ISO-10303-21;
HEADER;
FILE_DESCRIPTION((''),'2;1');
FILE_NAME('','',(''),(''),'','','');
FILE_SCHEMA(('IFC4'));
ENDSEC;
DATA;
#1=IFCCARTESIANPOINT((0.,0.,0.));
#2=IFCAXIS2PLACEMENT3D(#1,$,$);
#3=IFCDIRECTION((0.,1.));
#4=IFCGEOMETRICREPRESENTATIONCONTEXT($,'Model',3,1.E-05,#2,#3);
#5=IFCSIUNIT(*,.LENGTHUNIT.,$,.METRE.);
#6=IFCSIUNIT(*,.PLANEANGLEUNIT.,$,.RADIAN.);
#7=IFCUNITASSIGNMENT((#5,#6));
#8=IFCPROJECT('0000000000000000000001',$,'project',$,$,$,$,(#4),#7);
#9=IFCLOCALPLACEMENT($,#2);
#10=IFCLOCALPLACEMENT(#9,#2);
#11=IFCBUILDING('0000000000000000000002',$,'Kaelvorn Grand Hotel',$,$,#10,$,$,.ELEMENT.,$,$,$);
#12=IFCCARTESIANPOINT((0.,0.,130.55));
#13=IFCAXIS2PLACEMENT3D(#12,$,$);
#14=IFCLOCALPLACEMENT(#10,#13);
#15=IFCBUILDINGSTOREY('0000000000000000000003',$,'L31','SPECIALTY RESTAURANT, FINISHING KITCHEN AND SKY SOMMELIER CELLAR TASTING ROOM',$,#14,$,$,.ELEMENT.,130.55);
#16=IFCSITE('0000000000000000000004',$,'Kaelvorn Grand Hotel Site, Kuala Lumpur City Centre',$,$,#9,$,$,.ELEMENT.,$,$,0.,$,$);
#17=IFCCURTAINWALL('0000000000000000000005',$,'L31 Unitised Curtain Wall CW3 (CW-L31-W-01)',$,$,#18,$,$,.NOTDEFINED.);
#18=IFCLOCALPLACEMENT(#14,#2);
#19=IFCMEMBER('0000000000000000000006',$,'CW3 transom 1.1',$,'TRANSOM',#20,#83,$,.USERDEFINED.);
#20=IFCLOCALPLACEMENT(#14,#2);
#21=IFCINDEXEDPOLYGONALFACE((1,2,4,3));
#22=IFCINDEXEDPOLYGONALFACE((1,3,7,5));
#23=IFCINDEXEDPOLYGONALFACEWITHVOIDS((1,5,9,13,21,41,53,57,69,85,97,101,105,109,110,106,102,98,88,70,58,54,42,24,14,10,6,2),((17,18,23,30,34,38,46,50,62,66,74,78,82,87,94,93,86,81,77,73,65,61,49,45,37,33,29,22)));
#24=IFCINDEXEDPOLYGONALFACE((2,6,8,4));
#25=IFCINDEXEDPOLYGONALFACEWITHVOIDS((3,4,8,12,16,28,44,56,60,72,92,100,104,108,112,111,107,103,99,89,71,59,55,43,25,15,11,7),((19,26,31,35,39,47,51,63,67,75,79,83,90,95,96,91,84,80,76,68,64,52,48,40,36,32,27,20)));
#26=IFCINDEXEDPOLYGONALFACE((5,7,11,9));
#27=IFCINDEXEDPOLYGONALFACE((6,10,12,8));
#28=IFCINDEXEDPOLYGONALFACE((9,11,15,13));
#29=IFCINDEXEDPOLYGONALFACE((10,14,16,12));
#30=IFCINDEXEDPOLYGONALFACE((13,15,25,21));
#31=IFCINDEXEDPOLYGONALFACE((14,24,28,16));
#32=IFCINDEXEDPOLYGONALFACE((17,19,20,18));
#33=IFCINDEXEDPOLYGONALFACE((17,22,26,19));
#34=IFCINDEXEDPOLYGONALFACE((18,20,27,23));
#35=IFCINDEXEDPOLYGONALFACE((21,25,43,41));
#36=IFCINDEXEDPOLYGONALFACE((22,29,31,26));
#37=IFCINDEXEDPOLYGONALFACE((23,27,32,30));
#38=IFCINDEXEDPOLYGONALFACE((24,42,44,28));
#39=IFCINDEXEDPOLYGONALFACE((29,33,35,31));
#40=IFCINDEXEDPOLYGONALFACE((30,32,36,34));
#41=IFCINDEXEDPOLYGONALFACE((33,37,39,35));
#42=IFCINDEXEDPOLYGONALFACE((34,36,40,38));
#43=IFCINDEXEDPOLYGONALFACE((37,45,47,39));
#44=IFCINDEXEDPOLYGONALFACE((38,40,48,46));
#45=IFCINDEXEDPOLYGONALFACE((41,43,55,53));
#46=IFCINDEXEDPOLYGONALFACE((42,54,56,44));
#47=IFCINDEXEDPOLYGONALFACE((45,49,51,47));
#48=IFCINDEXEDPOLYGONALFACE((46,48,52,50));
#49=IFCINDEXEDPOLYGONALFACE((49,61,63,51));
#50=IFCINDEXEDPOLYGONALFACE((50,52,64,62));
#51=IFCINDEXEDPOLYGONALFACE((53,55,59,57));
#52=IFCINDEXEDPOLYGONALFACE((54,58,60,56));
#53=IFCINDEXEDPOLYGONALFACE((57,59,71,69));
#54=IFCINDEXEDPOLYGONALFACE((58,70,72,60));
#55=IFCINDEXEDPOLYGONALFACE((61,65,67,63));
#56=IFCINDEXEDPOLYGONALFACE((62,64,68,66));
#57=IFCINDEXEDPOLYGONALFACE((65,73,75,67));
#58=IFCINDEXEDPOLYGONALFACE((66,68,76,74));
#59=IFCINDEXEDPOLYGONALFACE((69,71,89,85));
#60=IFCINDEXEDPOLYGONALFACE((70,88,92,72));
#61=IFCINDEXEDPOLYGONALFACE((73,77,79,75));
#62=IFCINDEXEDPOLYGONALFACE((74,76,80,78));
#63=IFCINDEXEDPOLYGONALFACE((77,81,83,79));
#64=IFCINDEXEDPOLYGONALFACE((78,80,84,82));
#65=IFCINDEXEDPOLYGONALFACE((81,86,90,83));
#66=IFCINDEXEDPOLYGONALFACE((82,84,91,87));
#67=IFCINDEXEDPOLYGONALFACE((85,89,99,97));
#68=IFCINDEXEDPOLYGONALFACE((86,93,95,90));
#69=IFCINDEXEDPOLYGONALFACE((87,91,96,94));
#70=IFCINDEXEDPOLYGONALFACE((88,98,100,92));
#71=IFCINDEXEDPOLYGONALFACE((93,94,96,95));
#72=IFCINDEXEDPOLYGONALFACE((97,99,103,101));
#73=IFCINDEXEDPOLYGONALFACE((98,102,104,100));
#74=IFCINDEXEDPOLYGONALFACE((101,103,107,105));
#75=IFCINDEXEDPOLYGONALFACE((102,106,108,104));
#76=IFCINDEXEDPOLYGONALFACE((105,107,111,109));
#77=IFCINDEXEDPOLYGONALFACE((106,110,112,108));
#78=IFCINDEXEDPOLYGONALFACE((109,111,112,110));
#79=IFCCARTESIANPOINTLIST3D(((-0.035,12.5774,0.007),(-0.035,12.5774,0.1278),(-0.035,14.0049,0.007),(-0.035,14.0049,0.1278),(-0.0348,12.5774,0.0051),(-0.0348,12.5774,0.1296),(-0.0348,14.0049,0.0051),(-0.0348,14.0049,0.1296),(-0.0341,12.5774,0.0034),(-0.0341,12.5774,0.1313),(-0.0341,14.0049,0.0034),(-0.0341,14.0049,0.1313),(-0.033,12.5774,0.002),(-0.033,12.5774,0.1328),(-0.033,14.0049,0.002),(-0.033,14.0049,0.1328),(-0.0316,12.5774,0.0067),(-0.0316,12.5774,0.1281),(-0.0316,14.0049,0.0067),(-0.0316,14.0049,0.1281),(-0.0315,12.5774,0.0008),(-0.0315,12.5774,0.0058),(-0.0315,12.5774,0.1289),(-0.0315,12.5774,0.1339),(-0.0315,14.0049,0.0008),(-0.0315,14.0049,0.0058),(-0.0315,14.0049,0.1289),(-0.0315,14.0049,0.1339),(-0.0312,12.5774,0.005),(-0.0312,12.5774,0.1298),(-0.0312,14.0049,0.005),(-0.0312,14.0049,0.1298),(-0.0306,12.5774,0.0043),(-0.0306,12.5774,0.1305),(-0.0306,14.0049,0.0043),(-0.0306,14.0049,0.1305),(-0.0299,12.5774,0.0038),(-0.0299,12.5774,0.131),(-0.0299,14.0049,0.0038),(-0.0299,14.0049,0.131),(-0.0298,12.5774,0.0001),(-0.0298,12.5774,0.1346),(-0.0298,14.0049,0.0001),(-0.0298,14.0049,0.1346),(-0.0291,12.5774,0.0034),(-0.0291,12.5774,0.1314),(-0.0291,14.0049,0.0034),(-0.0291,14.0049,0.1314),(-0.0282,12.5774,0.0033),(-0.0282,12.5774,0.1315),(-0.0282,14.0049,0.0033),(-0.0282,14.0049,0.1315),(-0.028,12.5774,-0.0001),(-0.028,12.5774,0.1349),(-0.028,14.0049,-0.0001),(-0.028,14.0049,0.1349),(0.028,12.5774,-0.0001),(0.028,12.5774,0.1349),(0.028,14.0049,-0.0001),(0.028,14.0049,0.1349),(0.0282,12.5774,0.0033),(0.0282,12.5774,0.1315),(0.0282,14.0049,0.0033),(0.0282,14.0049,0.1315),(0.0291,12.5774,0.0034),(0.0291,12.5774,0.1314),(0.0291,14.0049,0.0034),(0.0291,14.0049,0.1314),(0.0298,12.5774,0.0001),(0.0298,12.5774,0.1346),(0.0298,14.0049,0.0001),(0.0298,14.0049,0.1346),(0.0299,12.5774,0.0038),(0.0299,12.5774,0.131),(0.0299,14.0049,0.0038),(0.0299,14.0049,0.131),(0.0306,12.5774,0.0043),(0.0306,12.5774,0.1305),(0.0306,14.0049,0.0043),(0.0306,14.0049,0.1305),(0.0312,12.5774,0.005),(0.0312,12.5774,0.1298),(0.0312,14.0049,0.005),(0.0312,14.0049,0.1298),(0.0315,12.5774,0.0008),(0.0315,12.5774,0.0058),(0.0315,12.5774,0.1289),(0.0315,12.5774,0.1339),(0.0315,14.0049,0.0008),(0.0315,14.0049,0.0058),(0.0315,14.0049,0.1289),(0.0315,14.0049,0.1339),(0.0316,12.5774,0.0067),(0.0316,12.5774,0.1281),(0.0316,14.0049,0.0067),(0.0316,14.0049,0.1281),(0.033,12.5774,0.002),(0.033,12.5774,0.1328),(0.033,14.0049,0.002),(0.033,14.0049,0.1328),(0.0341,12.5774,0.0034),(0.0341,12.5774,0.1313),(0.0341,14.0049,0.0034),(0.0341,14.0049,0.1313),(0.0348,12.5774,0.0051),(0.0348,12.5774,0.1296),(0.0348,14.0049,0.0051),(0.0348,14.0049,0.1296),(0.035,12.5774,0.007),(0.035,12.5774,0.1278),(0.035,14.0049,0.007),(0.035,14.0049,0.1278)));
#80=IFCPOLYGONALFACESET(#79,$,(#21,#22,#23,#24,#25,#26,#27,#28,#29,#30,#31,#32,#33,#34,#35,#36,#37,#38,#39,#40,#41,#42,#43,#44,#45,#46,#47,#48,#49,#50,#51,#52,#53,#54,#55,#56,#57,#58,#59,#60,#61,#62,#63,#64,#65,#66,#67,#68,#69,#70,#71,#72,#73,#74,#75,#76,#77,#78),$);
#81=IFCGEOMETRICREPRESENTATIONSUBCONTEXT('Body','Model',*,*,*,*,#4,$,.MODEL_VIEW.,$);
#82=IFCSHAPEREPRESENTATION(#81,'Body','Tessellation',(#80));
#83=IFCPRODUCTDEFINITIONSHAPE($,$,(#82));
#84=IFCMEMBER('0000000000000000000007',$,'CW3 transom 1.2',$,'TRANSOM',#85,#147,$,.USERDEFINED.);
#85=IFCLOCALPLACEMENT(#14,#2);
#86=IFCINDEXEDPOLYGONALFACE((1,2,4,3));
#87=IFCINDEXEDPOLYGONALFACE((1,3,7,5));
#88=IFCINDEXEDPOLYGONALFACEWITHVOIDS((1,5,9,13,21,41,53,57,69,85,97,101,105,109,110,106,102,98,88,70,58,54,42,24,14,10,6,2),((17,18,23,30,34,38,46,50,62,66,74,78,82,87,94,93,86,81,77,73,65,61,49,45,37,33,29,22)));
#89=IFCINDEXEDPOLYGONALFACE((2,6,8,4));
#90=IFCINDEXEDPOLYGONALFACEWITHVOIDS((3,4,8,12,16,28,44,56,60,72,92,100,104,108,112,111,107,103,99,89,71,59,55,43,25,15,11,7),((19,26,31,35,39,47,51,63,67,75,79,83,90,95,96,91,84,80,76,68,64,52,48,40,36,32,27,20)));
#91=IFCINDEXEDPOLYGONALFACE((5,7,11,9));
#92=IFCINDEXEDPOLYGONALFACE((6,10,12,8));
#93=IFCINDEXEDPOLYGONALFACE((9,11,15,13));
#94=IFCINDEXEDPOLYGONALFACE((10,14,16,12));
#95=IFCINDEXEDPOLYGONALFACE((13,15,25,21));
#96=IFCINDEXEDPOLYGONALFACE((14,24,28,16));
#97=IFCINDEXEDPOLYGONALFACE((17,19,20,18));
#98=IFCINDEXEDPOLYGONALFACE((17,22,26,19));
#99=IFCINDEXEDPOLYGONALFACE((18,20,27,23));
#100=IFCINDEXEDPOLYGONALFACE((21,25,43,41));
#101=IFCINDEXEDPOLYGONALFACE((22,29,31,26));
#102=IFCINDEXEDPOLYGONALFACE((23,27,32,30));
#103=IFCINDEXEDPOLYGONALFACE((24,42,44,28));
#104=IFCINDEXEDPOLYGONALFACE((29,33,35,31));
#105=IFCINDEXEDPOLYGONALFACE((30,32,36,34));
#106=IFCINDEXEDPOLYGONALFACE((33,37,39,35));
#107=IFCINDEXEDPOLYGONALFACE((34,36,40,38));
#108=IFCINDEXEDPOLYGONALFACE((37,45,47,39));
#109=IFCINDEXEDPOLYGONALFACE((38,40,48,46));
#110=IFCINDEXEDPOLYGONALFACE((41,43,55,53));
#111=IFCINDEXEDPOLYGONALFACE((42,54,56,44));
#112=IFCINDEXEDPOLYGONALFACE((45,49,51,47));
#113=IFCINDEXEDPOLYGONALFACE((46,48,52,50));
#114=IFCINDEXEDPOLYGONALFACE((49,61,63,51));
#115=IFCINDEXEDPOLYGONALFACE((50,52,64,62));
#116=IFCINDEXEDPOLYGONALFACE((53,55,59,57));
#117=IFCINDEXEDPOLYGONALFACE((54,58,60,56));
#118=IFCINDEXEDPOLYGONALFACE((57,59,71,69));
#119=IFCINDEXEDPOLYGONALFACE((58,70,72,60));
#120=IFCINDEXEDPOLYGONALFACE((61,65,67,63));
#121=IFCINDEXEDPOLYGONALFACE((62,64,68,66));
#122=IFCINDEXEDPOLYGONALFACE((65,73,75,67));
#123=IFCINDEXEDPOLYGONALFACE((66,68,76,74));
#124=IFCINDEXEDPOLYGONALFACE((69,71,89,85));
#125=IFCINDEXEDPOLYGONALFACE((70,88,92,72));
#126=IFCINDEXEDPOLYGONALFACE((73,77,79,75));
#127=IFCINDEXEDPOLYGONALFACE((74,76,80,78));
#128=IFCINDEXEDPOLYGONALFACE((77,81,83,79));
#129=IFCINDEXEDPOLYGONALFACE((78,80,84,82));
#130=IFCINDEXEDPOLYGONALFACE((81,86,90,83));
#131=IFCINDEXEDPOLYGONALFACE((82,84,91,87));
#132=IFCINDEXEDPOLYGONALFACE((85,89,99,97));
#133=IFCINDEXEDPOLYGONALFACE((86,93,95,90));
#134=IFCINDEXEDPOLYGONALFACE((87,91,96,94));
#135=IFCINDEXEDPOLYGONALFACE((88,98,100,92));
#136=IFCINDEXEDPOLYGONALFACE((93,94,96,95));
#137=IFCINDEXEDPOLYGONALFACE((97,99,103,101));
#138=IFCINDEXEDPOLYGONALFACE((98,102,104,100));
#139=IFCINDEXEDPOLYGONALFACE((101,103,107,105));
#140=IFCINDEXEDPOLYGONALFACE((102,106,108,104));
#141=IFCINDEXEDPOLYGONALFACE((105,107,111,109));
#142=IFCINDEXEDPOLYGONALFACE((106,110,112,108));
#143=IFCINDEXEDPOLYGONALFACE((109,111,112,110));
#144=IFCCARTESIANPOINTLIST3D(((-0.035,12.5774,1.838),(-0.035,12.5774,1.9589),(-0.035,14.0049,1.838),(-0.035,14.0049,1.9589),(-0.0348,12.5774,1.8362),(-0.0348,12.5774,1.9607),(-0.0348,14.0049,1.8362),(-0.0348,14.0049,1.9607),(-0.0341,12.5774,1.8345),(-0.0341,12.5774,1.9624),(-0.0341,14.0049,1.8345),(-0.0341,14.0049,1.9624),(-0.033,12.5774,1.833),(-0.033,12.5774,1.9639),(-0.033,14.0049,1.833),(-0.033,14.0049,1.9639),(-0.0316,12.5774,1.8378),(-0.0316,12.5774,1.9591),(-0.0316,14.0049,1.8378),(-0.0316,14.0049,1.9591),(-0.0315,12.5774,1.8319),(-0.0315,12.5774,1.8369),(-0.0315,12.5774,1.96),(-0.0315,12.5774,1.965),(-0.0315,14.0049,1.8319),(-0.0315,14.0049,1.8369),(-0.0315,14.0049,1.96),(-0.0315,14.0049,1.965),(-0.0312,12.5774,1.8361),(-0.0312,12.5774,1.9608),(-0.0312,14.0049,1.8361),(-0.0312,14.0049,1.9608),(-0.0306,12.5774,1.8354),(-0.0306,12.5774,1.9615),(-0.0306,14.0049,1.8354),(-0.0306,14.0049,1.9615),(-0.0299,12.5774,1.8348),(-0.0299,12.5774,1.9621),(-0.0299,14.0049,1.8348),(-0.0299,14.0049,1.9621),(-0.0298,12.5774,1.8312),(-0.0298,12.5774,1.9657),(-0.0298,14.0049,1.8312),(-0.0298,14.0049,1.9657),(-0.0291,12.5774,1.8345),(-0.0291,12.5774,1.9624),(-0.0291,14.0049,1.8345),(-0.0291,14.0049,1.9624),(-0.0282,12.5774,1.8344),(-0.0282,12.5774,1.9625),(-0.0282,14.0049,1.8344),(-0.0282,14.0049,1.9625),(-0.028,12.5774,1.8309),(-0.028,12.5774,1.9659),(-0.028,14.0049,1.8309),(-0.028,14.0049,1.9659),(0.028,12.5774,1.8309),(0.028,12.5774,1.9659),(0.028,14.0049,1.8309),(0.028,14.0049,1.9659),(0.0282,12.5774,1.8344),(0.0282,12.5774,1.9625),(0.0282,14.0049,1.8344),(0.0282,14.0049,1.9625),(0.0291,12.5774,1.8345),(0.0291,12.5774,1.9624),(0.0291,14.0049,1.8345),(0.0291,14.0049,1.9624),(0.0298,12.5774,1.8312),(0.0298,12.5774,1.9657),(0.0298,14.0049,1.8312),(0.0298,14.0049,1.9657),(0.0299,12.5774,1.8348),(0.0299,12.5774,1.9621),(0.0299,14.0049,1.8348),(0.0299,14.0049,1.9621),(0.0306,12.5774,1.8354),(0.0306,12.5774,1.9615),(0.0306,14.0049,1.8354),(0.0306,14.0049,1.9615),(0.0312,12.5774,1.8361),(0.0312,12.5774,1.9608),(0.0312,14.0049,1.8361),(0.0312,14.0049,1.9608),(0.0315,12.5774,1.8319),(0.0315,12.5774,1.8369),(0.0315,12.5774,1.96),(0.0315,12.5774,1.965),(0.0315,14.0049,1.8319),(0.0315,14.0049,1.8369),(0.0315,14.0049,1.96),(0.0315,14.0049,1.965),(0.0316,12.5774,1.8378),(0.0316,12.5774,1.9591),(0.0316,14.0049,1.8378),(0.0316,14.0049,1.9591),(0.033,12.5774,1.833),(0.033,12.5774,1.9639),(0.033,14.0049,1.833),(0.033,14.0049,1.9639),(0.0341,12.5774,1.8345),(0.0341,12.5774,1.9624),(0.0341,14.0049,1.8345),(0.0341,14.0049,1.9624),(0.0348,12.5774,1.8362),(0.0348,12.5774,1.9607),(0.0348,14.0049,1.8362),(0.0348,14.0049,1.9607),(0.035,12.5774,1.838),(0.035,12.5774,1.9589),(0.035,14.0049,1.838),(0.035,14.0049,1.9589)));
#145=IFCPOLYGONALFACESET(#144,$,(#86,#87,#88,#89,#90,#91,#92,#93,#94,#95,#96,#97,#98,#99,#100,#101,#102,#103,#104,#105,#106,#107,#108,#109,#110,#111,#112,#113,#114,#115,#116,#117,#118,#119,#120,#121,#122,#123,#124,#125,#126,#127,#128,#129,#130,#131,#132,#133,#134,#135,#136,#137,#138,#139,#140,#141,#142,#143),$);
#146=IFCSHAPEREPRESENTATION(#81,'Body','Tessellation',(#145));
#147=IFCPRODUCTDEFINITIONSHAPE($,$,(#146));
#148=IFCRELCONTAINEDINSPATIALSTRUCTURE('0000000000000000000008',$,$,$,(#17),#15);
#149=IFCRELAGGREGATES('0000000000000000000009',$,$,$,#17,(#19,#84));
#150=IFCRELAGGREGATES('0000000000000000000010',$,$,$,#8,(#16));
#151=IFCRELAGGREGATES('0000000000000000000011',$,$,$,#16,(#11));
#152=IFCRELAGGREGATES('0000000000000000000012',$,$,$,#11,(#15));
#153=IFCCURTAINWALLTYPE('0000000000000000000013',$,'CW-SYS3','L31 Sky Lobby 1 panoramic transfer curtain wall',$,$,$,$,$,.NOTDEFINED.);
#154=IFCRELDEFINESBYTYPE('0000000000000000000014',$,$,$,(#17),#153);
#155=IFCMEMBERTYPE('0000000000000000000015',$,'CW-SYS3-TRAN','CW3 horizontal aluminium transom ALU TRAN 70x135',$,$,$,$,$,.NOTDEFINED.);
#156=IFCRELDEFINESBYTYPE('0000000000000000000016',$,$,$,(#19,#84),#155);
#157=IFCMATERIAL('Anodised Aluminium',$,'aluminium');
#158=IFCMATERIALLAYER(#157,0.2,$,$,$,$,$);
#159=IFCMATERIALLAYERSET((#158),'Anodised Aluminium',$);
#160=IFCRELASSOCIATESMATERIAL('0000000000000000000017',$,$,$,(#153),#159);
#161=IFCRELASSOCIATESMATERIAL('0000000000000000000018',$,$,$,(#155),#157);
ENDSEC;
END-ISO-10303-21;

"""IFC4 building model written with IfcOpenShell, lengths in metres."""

from ifc_helpers import new_model, si_unit, direction, frame, origin, origin_2d, place, context, subcontext, project, spatial, hollow_rectangle, extrude, material, layer, layer_set, material_profile, profile_set, type_object, element, aggregate, save


model = new_model("IFC4")

# Units and contexts
model_context = context("Model", 3, precision=1e-05, world=origin(), true_north=direction((0.0, 1.0)))
body_context = subcontext(model_context, "Body", "Model", "MODEL_VIEW")
ifc_project = project(units=[si_unit("LENGTHUNIT", "METRE"), si_unit("PLANEANGLEUNIT", "RADIAN")], contexts=[model_context])

# Site, building, storey
site_placement = place(None, origin())
site = spatial("IfcSite", under=ifc_project, at=site_placement, Name="Kaelvorn Grand Hotel Site, Kuala Lumpur City Centre", CompositionType="ELEMENT", RefElevation=0.0)
building_placement = place(site_placement, origin())
building = spatial("IfcBuilding", under=site, at=building_placement, Name="Kaelvorn Grand Hotel", CompositionType="ELEMENT")
storey_placement = place(building_placement, frame((0.0, 0.0, 130.55)))
storey = spatial("IfcBuildingStorey", under=building, at=storey_placement, Name="L31", Description="SPECIALTY RESTAURANT, FINISHING KITCHEN AND SKY SOMMELIER CELLAR TASTING ROOM", CompositionType="ELEMENT", Elevation=130.55)

# Curtain wall, members
ifc_material_1 = material(Name="Anodised Aluminium", Category="aluminium")
ifc_layer_1 = layer(ifc_material_1, 0.2)
ifc_layer_set_1 = layer_set([ifc_layer_1], Name="Anodised Aluminium")
curtain_wall_type = type_object("IfcCurtainWallType", Name="CW-SYS3", Description="L31 Sky Lobby 1 panoramic transfer curtain wall", PredefinedType="NOTDEFINED", material=ifc_layer_set_1)
curtain_wall_placement = place(storey_placement, origin())
curtain_wall = element("IfcCurtainWall", 1, at=curtain_wall_placement, inside=storey, type_object=curtain_wall_type, Name="L31 Unitised Curtain Wall CW3 (CW-L31-W-01)", PredefinedType="NOTDEFINED")
ifc_material_profile_1 = material_profile(ifc_material_1, hollow_rectangle(XDim=0.0701, YDim=0.135, WallThickness=0.0034, InnerFilletRadius=0.0034, OuterFilletRadius=0.0071, at=origin_2d()), Name="ALU TRAN 70x135")
ifc_profile_set_1 = profile_set([ifc_material_profile_1], Name="Anodised Aluminium")
member_type_1 = type_object("IfcMemberType", Name="CW-SYS3-TRAN", Description="CW3 horizontal aluminium transom ALU TRAN 70x135", PredefinedType="NOTDEFINED", material=ifc_profile_set_1)
member_1_placement = place(storey_placement, frame((0.0, 14.0049, 0.0674), z_axis=(0.0, -1.0, 0.0), x_axis=(1.0, 0.0, 0.0)))
member_1 = element("IfcMember", 2, at=member_1_placement, type_object=member_type_1, Name="CW3 transom 1.1", ObjectType="TRANSOM", PredefinedType="USERDEFINED", context=body_context, shape_type="SweptSolid", body=[
    extrude(hollow_rectangle(XDim=0.0701, YDim=0.135, WallThickness=0.0034, InnerFilletRadius=0.0034, OuterFilletRadius=0.0071, at=origin_2d()), origin(), (0.0, 0.0, 1.0), 1.4275),
])
member_2_placement = place(storey_placement, frame((0.0, 14.0049, 1.8984), z_axis=(0.0, -1.0, 0.0), x_axis=(1.0, 0.0, 0.0)))
member_2 = element("IfcMember", 3, at=member_2_placement, type_object=member_type_1, Name="CW3 transom 1.2", ObjectType="TRANSOM", PredefinedType="USERDEFINED", context=body_context, shape_type="SweptSolid", body=[
    extrude(hollow_rectangle(XDim=0.0701, YDim=0.135, WallThickness=0.0034, InnerFilletRadius=0.0034, OuterFilletRadius=0.0071, at=origin_2d()), origin(), (0.0, 0.0, 1.0), 1.4275),
])
aggregate(curtain_wall, [member_1, member_2])

save(model, "model.ifc")
